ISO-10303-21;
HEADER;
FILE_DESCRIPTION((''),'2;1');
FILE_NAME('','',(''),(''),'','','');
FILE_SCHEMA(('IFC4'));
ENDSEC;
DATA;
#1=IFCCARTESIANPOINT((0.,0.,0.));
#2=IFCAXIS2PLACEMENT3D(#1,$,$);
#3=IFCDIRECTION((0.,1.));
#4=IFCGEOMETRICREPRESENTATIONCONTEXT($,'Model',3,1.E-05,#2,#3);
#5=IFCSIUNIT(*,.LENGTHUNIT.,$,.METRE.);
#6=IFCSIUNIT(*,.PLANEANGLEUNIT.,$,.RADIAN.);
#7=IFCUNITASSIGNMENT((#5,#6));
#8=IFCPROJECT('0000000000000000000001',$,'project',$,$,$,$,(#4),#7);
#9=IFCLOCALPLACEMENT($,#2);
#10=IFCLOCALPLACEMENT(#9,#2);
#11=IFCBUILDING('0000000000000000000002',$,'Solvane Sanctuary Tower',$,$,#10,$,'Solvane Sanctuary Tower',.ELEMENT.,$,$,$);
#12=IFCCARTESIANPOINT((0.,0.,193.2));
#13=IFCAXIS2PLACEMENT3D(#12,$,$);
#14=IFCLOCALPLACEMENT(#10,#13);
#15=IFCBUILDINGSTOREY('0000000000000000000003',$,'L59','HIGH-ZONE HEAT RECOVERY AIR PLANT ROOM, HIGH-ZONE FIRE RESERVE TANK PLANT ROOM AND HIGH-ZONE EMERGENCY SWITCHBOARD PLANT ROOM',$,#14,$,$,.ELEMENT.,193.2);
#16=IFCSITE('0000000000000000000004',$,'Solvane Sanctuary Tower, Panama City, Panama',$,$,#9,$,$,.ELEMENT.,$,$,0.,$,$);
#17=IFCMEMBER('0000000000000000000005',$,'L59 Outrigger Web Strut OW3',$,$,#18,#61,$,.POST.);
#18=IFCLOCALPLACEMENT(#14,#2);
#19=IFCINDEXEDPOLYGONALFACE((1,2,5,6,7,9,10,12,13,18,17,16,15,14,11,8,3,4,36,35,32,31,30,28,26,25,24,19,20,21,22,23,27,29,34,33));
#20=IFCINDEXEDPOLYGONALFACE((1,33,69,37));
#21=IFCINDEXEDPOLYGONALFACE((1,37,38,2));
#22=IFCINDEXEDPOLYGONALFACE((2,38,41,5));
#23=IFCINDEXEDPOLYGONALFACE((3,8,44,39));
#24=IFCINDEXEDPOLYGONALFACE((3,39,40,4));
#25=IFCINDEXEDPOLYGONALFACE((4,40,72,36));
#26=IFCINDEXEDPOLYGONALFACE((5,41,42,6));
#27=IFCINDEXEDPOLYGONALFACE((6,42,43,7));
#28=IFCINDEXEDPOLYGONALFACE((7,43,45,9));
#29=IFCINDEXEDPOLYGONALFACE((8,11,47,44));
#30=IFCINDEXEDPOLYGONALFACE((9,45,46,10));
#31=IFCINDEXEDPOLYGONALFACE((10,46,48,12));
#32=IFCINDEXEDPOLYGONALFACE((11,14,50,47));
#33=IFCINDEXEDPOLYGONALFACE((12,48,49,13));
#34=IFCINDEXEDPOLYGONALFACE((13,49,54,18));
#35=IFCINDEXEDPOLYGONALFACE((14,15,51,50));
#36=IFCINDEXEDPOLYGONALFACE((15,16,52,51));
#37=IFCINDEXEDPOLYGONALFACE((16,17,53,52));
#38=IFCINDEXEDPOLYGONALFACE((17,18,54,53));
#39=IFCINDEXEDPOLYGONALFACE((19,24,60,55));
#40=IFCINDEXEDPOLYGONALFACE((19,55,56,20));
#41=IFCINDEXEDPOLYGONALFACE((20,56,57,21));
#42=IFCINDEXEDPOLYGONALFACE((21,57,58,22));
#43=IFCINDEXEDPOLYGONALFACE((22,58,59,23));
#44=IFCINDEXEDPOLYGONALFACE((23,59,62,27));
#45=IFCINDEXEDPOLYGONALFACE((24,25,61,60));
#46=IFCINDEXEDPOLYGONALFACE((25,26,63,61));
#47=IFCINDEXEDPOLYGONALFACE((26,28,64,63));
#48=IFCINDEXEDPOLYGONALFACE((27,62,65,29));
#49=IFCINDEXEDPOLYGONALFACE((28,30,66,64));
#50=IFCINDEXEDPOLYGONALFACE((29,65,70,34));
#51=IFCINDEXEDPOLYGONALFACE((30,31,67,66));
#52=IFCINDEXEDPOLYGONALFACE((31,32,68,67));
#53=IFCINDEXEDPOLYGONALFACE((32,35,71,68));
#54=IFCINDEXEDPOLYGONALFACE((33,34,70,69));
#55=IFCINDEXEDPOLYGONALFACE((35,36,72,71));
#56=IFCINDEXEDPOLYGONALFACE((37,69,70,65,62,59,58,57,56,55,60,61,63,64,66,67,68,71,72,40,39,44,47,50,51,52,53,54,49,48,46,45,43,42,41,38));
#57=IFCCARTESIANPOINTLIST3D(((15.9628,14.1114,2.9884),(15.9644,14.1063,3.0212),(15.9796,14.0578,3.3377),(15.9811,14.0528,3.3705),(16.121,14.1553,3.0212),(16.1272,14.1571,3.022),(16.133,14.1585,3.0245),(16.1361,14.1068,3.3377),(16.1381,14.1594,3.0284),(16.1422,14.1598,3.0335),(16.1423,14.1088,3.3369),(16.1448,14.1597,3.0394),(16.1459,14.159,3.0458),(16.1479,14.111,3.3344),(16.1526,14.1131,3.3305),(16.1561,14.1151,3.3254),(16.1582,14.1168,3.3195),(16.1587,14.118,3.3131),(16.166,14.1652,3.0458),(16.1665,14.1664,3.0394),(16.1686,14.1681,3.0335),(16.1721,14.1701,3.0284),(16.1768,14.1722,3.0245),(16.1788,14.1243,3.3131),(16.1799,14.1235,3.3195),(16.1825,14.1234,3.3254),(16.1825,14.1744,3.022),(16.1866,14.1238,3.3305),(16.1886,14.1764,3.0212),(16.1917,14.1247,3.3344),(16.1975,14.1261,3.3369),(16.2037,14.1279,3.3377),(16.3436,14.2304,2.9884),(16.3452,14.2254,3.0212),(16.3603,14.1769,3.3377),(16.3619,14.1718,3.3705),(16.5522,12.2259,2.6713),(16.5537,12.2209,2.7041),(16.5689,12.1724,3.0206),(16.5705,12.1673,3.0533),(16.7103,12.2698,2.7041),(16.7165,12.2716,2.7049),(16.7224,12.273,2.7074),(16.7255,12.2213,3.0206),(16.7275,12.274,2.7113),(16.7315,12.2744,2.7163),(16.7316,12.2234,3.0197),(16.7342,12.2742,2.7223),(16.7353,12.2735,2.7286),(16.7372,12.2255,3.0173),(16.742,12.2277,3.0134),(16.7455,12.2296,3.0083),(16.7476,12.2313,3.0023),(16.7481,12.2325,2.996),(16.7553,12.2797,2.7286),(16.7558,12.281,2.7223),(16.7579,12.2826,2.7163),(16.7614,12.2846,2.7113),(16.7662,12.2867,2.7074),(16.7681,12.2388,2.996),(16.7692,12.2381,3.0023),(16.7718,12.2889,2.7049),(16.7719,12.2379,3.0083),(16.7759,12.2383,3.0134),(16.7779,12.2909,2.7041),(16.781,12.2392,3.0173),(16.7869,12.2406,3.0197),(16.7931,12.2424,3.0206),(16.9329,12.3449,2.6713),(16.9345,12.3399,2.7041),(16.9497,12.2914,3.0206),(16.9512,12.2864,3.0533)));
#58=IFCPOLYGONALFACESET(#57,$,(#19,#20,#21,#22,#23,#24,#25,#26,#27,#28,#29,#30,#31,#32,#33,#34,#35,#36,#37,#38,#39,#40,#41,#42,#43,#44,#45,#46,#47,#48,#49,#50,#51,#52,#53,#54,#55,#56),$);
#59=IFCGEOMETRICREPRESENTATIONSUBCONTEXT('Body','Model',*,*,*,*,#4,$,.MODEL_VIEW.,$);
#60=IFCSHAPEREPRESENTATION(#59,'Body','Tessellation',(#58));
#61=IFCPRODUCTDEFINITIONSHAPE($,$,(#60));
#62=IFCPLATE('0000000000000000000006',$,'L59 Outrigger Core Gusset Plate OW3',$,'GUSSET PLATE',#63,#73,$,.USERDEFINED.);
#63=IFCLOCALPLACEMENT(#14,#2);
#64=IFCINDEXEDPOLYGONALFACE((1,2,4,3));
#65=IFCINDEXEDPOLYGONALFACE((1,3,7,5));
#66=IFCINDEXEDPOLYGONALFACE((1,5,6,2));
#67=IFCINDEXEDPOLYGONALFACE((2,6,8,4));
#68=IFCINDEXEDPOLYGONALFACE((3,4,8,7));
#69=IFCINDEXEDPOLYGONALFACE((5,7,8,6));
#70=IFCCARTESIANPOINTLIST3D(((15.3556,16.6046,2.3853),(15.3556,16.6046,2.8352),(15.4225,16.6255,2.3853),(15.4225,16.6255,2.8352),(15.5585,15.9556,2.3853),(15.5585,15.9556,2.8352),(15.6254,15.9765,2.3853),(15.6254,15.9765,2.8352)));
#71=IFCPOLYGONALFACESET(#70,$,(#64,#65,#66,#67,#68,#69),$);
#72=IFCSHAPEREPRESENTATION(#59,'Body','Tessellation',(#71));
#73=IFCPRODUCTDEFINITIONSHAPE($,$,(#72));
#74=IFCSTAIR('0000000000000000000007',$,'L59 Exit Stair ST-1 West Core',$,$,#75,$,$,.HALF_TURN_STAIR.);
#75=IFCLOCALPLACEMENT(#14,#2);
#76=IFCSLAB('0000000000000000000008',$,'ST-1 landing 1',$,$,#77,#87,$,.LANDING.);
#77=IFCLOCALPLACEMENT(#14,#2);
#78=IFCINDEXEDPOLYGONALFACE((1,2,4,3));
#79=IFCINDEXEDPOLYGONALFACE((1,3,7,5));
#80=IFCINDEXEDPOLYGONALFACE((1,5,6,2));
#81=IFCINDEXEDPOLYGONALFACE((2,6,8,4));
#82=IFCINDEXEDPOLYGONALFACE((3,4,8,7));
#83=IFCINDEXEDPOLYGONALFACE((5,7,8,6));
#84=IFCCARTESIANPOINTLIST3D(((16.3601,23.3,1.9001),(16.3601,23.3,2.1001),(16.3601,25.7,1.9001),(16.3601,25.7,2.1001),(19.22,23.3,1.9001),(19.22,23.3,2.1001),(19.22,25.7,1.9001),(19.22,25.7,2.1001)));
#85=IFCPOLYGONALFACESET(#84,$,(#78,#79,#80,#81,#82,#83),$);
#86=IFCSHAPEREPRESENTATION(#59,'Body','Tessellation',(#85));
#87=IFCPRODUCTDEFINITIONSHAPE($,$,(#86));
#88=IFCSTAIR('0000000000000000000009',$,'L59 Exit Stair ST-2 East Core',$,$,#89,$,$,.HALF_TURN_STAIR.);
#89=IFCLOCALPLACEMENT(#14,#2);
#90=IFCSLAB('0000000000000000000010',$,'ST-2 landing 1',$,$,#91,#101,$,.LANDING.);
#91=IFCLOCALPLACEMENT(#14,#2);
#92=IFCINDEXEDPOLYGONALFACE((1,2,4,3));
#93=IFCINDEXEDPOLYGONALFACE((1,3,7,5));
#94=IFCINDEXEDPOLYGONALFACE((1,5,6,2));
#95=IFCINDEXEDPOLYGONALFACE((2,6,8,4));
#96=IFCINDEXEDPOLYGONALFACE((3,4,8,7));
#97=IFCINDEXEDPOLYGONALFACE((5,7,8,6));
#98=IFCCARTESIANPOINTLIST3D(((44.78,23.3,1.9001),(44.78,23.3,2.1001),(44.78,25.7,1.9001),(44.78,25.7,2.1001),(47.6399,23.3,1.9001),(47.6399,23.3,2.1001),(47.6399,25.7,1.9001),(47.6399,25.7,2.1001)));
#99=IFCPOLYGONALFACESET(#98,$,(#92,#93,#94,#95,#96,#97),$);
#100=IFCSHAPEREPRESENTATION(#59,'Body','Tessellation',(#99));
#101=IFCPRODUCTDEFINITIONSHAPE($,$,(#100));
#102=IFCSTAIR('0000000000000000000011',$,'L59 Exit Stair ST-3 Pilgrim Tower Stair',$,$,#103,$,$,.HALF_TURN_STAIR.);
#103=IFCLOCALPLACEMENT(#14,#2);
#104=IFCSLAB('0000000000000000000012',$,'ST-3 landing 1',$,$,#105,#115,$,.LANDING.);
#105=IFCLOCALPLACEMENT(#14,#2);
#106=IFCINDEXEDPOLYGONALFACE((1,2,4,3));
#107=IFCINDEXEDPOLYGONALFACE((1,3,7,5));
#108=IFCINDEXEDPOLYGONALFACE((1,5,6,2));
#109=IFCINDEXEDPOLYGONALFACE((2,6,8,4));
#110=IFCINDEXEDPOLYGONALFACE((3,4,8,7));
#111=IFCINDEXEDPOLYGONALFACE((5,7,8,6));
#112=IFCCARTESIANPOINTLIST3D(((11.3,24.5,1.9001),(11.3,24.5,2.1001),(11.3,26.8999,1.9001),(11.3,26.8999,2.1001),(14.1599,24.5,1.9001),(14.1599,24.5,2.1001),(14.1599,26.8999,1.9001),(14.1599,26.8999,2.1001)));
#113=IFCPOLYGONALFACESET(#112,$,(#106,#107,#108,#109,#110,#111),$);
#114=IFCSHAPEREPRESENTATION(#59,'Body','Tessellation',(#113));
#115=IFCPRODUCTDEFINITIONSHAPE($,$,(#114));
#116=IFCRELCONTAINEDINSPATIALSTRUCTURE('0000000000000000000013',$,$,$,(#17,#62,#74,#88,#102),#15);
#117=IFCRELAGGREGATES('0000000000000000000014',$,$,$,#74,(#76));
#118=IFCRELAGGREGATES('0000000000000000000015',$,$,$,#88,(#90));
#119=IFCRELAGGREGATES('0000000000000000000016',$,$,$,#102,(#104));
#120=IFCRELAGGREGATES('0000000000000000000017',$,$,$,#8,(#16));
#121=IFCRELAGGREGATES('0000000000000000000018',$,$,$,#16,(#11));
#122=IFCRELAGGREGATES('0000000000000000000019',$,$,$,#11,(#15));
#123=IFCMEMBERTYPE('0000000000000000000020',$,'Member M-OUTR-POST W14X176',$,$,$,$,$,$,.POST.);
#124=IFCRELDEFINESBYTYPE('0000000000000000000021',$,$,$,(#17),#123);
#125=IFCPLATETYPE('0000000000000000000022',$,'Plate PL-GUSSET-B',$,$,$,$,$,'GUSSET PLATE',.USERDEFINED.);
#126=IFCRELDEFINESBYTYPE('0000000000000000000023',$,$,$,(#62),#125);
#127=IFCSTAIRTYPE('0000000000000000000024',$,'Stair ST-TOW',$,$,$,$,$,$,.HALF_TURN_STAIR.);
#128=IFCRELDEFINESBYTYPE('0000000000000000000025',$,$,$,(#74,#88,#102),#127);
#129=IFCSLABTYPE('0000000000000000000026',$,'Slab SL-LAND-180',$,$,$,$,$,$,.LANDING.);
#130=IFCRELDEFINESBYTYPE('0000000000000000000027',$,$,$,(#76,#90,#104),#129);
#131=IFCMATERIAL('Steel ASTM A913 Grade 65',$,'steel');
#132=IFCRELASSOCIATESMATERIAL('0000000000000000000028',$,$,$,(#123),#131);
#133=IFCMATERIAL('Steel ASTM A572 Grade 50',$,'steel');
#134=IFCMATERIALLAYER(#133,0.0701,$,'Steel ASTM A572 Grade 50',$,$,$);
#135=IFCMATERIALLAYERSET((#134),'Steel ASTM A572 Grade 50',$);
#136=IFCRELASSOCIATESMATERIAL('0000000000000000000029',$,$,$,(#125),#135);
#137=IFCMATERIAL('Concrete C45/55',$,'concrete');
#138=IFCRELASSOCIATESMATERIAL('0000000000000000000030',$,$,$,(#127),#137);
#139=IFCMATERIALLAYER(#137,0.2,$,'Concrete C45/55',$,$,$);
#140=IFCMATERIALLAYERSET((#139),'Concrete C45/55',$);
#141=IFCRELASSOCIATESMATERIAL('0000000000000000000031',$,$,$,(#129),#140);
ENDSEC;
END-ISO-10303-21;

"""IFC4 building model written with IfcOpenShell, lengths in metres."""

from ifc_helpers import new_model, si_unit, direction, frame, origin, origin_2d, place, context, subcontext, project, spatial, polyline, rectangle, i_section, outline, extrude, material, layer, layer_set, material_profile, profile_set, type_object, element, aggregate, save


model = new_model("IFC4")

# Units and contexts
model_context = context("Model", 3, precision=1e-05, world=origin(), true_north=direction((0.0, 1.0)))
body_context = subcontext(model_context, "Body", "Model", "MODEL_VIEW")
ifc_project = project(units=[si_unit("LENGTHUNIT", "METRE"), si_unit("PLANEANGLEUNIT", "RADIAN")], contexts=[model_context])

# Site, building, storey
site_placement = place(None, origin())
site = spatial("IfcSite", under=ifc_project, at=site_placement, Name="Solvane Sanctuary Tower, Panama City, Panama", CompositionType="ELEMENT", RefElevation=0.0)
building_placement = place(site_placement, origin())
building = spatial("IfcBuilding", under=site, at=building_placement, Name="Solvane Sanctuary Tower", LongName="Solvane Sanctuary Tower", CompositionType="ELEMENT")
storey_placement = place(building_placement, frame((0.0, 0.0, 193.2)))
storey = spatial("IfcBuildingStorey", under=building, at=storey_placement, Name="L59", Description="HIGH-ZONE HEAT RECOVERY AIR PLANT ROOM, HIGH-ZONE FIRE RESERVE TANK PLANT ROOM AND HIGH-ZONE EMERGENCY SWITCHBOARD PLANT ROOM", CompositionType="ELEMENT", Elevation=193.2)

# Shared definitions
ifc_material_1 = material(Name="Steel ASTM A913 Grade 65", Category="steel")

# Member
ifc_material_profile_1 = material_profile(ifc_material_1, i_section(OverallWidth=0.3989, OverallDepth=0.387, WebThickness=0.021, FlangeThickness=0.0332, FilletRadius=0.0249, at=origin_2d()), Name="W14X176")
ifc_profile_set_1 = profile_set([ifc_material_profile_1], Name="Steel ASTM A913 Grade 65")
member_type_1 = type_object("IfcMemberType", Name="Member M-OUTR-POST W14X176", PredefinedType="POST", material=ifc_profile_set_1)
member_1_placement = place(storey_placement, frame((16.1624, 14.1416, 3.1794), z_axis=(0.294567, -0.942393, -0.15851), x_axis=(0.95446, 0.298338, 0.0)))
element("IfcMember", 1, at=member_1_placement, inside=storey, type_object=member_type_1, Name="L59 Outrigger Web Strut OW3", PredefinedType="POST", context=body_context, shape_type="SweptSolid", body=[
    extrude(i_section(OverallWidth=0.3989, OverallDepth=0.387, WebThickness=0.021, FlangeThickness=0.0332, FilletRadius=0.0249, at=origin_2d()), origin(), (0.0, 0.0, 1.0), 2.0007),
])

# Plate
ifc_material_2 = material(Name="Steel ASTM A572 Grade 50", Category="steel")
ifc_layer_1 = layer(ifc_material_2, 0.0701, Name="Steel ASTM A572 Grade 50")
ifc_layer_set_1 = layer_set([ifc_layer_1], Name="Steel ASTM A572 Grade 50")
plate_type = type_object("IfcPlateType", Name="Plate PL-GUSSET-B", ElementType="GUSSET PLATE", PredefinedType="USERDEFINED", material=ifc_layer_set_1)
plate_placement = place(storey_placement, frame((15.4905, 16.2905, 2.3853), z_axis=(0.0, 0.0, 1.0), x_axis=(0.298375, -0.954449, 0.0)))
element("IfcPlate", 2, at=plate_placement, inside=storey, type_object=plate_type, Name="L59 Outrigger Core Gusset Plate OW3", ObjectType="GUSSET PLATE", PredefinedType="USERDEFINED", context=body_context, shape_type="SweptSolid", body=[
    extrude(rectangle(XDim=0.6799, YDim=0.0701, at=origin_2d()), origin(), (0.0, 0.0, 1.0), 0.45),
])

# Stairs, slabs
ifc_material_3 = material(Name="Concrete C45/55", Category="concrete")
stair_type = type_object("IfcStairType", Name="Stair ST-TOW", PredefinedType="HALF_TURN_STAIR", material=ifc_material_3)
stair_1_placement = place(storey_placement, origin())
stair_1 = element("IfcStair", 3, at=stair_1_placement, inside=storey, type_object=stair_type, Name="L59 Exit Stair ST-1 West Core", PredefinedType="HALF_TURN_STAIR")
ifc_layer_2 = layer(ifc_material_3, 0.2, Name="Concrete C45/55")
ifc_layer_set_2 = layer_set([ifc_layer_2], Name="Concrete C45/55")
slab_type_1 = type_object("IfcSlabType", Name="Slab SL-LAND-180", PredefinedType="LANDING", material=ifc_layer_set_2)
slab_1_placement = place(storey_placement, frame((0.0, 0.0, 1.9001)))
slab_1 = element("IfcSlab", 4, at=slab_1_placement, type_object=slab_type_1, Name="ST-1 landing 1", PredefinedType="LANDING", context=body_context, shape_type="SweptSolid", body=[
    extrude(outline(polyline([(19.22, 23.3), (19.22, 25.7), (16.3601, 25.7), (16.3601, 23.3), (19.22, 23.3)])), origin(), (0.0, 0.0, 1.0), 0.2),
])
aggregate(stair_1, [slab_1])
stair_2_placement = place(storey_placement, origin())
stair_2 = element("IfcStair", 5, at=stair_2_placement, inside=storey, type_object=stair_type, Name="L59 Exit Stair ST-2 East Core", PredefinedType="HALF_TURN_STAIR")
slab_2_placement = place(storey_placement, frame((0.0, 0.0, 1.9001)))
slab_2 = element("IfcSlab", 6, at=slab_2_placement, type_object=slab_type_1, Name="ST-2 landing 1", PredefinedType="LANDING", context=body_context, shape_type="SweptSolid", body=[
    extrude(outline(polyline([(47.6399, 23.3), (47.6399, 25.7), (44.78, 25.7), (44.78, 23.3), (47.6399, 23.3)])), origin(), (0.0, 0.0, 1.0), 0.2),
])
aggregate(stair_2, [slab_2])
stair_3_placement = place(storey_placement, origin())
stair_3 = element("IfcStair", 7, at=stair_3_placement, inside=storey, type_object=stair_type, Name="L59 Exit Stair ST-3 Pilgrim Tower Stair", PredefinedType="HALF_TURN_STAIR")
slab_3_placement = place(storey_placement, frame((0.0, 0.0, 1.9001)))
slab_3 = element("IfcSlab", 8, at=slab_3_placement, type_object=slab_type_1, Name="ST-3 landing 1", PredefinedType="LANDING", context=body_context, shape_type="SweptSolid", body=[
    extrude(outline(polyline([(14.1599, 24.5), (14.1599, 26.8999), (11.3, 26.8999), (11.3, 24.5), (14.1599, 24.5)])), origin(), (0.0, 0.0, 1.0), 0.2),
])
aggregate(stair_3, [slab_3])

save(model, "model.ifc")
